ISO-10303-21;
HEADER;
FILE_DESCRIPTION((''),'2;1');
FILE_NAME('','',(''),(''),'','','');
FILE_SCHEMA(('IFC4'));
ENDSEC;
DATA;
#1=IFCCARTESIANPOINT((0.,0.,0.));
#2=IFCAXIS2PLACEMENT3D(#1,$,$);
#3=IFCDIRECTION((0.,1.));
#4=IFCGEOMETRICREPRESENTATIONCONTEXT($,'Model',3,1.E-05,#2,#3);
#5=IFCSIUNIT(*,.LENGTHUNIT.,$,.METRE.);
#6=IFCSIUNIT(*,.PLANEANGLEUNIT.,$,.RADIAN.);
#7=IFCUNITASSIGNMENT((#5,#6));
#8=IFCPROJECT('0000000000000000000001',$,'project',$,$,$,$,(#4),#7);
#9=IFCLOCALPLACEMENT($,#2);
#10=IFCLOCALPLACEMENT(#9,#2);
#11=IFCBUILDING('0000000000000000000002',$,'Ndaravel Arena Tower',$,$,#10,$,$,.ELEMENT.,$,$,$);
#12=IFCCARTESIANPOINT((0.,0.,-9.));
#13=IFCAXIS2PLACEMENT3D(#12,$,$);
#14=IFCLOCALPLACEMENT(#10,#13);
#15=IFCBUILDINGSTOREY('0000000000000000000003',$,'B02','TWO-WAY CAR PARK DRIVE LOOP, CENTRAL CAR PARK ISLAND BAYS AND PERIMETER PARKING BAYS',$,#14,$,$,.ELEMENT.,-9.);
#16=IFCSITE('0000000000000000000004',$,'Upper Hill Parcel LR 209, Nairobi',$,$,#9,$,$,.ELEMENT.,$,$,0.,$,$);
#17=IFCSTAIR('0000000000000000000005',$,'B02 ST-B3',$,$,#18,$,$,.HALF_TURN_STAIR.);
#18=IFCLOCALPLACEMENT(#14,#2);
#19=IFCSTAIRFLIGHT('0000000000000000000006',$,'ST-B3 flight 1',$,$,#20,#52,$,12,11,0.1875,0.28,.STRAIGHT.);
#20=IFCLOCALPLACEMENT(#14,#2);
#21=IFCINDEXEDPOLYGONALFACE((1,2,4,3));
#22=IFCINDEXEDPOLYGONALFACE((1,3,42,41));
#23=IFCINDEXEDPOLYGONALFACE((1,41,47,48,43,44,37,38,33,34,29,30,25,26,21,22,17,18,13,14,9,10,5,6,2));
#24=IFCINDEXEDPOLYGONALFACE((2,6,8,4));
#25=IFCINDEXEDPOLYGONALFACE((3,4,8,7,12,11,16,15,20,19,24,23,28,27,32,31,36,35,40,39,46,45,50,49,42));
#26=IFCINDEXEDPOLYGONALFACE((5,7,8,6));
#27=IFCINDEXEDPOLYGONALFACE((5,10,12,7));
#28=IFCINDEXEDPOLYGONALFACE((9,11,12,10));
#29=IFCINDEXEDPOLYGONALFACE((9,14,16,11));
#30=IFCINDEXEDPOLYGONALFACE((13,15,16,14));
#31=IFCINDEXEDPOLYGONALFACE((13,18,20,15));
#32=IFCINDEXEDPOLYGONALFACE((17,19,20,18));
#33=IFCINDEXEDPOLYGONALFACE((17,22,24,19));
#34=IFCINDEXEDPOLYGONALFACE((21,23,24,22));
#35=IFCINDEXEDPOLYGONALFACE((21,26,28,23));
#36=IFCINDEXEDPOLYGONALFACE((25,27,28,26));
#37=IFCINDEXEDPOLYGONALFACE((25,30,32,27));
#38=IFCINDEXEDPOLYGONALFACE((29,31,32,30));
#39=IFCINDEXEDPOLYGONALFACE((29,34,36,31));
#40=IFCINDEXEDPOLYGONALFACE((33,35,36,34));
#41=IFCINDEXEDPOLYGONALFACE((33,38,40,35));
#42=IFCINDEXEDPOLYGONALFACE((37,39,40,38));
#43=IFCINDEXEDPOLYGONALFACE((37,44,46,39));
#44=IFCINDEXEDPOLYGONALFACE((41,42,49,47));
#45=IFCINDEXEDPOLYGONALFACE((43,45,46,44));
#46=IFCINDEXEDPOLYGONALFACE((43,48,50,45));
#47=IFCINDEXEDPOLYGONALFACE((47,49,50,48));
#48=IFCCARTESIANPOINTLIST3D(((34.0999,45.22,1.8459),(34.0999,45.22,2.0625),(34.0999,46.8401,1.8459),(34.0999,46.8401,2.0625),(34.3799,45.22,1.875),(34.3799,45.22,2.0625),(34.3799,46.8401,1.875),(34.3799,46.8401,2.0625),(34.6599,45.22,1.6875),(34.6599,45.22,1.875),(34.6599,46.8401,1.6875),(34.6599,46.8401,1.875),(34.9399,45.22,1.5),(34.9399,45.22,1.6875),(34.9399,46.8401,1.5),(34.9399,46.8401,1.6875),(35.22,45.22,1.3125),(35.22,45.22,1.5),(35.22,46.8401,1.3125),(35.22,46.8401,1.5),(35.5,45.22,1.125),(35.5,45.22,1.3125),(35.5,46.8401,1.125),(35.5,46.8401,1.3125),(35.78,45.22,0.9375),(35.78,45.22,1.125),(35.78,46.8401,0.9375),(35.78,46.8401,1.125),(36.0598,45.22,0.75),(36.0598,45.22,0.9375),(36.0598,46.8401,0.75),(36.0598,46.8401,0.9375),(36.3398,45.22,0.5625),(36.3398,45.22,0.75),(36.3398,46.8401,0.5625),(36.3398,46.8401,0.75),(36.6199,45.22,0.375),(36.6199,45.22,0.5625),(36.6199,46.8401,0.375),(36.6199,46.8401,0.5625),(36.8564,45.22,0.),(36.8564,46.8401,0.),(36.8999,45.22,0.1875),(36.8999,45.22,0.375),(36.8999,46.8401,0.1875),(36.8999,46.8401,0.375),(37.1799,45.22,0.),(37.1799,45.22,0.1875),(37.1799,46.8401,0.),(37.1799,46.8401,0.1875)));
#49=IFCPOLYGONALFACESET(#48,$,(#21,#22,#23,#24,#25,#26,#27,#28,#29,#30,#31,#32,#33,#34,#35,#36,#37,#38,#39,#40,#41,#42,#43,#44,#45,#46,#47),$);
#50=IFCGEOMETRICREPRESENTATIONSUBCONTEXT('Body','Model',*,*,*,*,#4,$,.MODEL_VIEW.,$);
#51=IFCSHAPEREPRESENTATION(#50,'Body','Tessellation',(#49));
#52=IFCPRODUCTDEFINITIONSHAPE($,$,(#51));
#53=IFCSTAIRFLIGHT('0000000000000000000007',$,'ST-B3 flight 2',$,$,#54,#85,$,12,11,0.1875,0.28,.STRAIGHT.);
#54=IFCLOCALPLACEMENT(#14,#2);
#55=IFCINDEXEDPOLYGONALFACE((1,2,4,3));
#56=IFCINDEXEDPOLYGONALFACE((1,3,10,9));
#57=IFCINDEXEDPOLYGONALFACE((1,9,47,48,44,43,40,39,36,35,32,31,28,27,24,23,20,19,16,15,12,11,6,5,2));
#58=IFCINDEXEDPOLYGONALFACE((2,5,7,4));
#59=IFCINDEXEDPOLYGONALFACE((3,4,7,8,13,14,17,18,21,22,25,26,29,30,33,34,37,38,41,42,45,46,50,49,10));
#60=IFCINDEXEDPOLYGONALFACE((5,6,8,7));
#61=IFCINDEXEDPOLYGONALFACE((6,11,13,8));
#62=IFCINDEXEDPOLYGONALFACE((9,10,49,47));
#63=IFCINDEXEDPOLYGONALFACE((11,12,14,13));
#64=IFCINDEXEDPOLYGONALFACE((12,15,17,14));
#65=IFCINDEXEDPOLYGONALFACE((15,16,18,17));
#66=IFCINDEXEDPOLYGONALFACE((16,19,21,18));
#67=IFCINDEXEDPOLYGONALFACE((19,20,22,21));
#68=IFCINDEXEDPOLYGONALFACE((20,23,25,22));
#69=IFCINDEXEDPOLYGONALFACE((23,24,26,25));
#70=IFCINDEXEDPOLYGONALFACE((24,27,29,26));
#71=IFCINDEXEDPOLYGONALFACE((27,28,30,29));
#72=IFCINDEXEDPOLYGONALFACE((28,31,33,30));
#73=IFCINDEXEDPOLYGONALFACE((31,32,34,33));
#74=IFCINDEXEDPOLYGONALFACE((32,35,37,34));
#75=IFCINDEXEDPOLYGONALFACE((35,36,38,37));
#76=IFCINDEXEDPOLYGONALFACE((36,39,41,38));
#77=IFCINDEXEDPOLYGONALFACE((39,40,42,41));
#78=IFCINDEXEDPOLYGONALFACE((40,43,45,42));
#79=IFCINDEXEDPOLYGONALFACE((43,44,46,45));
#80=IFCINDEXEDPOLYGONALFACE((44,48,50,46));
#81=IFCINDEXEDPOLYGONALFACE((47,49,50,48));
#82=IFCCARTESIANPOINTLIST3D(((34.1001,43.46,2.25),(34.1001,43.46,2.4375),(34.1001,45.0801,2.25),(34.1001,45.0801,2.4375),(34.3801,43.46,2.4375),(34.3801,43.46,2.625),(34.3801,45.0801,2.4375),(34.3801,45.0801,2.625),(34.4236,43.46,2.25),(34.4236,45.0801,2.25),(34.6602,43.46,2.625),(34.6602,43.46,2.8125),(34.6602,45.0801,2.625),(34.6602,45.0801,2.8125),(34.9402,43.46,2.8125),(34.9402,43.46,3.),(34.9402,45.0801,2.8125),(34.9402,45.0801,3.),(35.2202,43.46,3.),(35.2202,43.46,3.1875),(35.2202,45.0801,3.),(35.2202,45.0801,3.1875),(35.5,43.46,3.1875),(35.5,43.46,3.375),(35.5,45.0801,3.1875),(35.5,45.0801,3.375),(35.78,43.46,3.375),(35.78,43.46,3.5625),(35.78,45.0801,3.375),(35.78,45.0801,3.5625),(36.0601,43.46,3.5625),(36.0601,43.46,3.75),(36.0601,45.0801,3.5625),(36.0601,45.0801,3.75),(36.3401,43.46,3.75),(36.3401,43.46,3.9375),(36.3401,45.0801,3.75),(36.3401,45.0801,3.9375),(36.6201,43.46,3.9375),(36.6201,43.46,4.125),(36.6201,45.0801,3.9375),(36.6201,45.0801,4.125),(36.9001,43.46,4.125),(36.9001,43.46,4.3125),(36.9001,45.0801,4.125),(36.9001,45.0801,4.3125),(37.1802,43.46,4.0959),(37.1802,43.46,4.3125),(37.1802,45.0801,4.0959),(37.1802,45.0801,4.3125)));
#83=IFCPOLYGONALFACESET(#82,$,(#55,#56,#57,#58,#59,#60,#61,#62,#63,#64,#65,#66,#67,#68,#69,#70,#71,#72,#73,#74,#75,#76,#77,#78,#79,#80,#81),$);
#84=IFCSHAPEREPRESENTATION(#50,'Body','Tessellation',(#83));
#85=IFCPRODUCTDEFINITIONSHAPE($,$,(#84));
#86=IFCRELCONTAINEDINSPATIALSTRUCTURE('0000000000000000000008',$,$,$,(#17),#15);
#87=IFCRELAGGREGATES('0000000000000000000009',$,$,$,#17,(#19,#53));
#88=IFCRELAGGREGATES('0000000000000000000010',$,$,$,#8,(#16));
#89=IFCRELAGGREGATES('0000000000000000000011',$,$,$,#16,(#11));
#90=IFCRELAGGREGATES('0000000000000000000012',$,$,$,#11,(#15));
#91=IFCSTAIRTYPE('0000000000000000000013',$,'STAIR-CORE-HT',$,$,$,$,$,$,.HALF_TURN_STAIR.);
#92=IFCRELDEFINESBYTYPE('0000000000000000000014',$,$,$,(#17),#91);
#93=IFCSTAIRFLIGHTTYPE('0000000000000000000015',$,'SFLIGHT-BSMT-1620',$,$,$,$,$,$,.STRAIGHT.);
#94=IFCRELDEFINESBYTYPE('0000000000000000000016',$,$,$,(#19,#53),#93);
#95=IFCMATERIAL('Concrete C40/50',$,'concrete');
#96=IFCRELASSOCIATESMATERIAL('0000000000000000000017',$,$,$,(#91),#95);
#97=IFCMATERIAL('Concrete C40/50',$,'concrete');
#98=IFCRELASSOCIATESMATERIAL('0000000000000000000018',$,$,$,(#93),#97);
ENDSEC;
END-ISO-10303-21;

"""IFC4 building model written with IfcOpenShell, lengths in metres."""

from ifc_helpers import new_model, si_unit, direction, frame, origin, place, context, subcontext, project, spatial, polyline, outline, extrude, material, type_object, element, aggregate, save


model = new_model("IFC4")

# Units and contexts
model_context = context("Model", 3, precision=1e-05, world=origin(), true_north=direction((0.0, 1.0)))
body_context = subcontext(model_context, "Body", "Model", "MODEL_VIEW")
ifc_project = project(units=[si_unit("LENGTHUNIT", "METRE"), si_unit("PLANEANGLEUNIT", "RADIAN")], contexts=[model_context])

# Site, building, storey
site_placement = place(None, origin())
site = spatial("IfcSite", under=ifc_project, at=site_placement, Name="Upper Hill Parcel LR 209, Nairobi", CompositionType="ELEMENT", RefElevation=0.0)
building_placement = place(site_placement, origin())
building = spatial("IfcBuilding", under=site, at=building_placement, Name="Ndaravel Arena Tower", CompositionType="ELEMENT")
storey_placement = place(building_placement, frame((0.0, 0.0, -9.0)))
storey = spatial("IfcBuildingStorey", under=building, at=storey_placement, Name="B02", Description="TWO-WAY CAR PARK DRIVE LOOP, CENTRAL CAR PARK ISLAND BAYS AND PERIMETER PARKING BAYS", CompositionType="ELEMENT", Elevation=-9.0)

# Stair, stair flights
ifc_material_1 = material(Name="Concrete C40/50", Category="concrete")
stair_type = type_object("IfcStairType", Name="STAIR-CORE-HT", PredefinedType="HALF_TURN_STAIR", material=ifc_material_1)
stair_placement = place(storey_placement, origin())
stair = element("IfcStair", 1, at=stair_placement, inside=storey, type_object=stair_type, Name="B02 ST-B3", PredefinedType="HALF_TURN_STAIR")
ifc_material_2 = material(Name="Concrete C40/50", Category="concrete")
stair_flight_type = type_object("IfcStairFlightType", Name="SFLIGHT-BSMT-1620", PredefinedType="STRAIGHT", material=ifc_material_2)
stair_flight_1_placement = place(storey_placement, frame((37.1799, 46.03, 0.0), z_axis=(0.0, 0.0, 1.0), x_axis=(-1.0, 0.0, 0.0)))
stair_flight_1 = element("IfcStairFlight", 2, at=stair_flight_1_placement, type_object=stair_flight_type, Name="ST-B3 flight 1", NumberOfRisers=12, NumberOfTreads=11, PredefinedType="STRAIGHT", RiserHeight=0.1875, TreadLength=0.28, context=body_context, shape_type="SweptSolid", body=[
    extrude(outline(polyline([(0.0, 0.0), (0.0, 0.1875), (0.28, 0.1875), (0.28, 0.375), (0.5601, 0.375), (0.5601, 0.5625), (0.8401, 0.5625), (0.8401, 0.75), (1.1201, 0.75), (1.1201, 0.9375), (1.3999, 0.9375), (1.3999, 1.125), (1.6799, 1.125), (1.6799, 1.3125), (1.96, 1.3125), (1.96, 1.5), (2.24, 1.5), (2.24, 1.6875), (2.52, 1.6875), (2.52, 1.875), (2.8, 1.875), (2.8, 2.0625), (3.0801, 2.0625), (3.0801, 2.25), (3.0801, 1.8459), (0.3235, 0.0), (0.0, 0.0)])), frame((0.0, 0.8101, 0.0), z_axis=(0.0, -1.0, 0.0), x_axis=(1.0, 0.0, 0.0)), (0.0, 0.0, 1.0), 1.6201),
])
stair_flight_2_placement = place(storey_placement, frame((34.1001, 44.27, 2.25), z_axis=(0.0, 0.0, 1.0), x_axis=(1.0, 0.0, 0.0)))
stair_flight_2 = element("IfcStairFlight", 3, at=stair_flight_2_placement, type_object=stair_flight_type, Name="ST-B3 flight 2", NumberOfRisers=12, NumberOfTreads=11, PredefinedType="STRAIGHT", RiserHeight=0.1875, TreadLength=0.28, context=body_context, shape_type="SweptSolid", body=[
    extrude(outline(polyline([(0.0, 0.0), (0.0, 0.1875), (0.28, 0.1875), (0.28, 0.375), (0.5601, 0.375), (0.5601, 0.5625), (0.8401, 0.5625), (0.8401, 0.75), (1.1201, 0.75), (1.1201, 0.9375), (1.3999, 0.9375), (1.3999, 1.125), (1.6799, 1.125), (1.6799, 1.3125), (1.96, 1.3125), (1.96, 1.5), (2.24, 1.5), (2.24, 1.6875), (2.52, 1.6875), (2.52, 1.875), (2.8, 1.875), (2.8, 2.0625), (3.0801, 2.0625), (3.0801, 2.25), (3.0801, 1.8459), (0.3235, 0.0), (0.0, 0.0)])), frame((0.0, 0.8101, 0.0), z_axis=(0.0, -1.0, 0.0), x_axis=(1.0, 0.0, 0.0)), (0.0, 0.0, 1.0), 1.6201),
])
aggregate(stair, [stair_flight_1, stair_flight_2])

save(model, "model.ifc")
